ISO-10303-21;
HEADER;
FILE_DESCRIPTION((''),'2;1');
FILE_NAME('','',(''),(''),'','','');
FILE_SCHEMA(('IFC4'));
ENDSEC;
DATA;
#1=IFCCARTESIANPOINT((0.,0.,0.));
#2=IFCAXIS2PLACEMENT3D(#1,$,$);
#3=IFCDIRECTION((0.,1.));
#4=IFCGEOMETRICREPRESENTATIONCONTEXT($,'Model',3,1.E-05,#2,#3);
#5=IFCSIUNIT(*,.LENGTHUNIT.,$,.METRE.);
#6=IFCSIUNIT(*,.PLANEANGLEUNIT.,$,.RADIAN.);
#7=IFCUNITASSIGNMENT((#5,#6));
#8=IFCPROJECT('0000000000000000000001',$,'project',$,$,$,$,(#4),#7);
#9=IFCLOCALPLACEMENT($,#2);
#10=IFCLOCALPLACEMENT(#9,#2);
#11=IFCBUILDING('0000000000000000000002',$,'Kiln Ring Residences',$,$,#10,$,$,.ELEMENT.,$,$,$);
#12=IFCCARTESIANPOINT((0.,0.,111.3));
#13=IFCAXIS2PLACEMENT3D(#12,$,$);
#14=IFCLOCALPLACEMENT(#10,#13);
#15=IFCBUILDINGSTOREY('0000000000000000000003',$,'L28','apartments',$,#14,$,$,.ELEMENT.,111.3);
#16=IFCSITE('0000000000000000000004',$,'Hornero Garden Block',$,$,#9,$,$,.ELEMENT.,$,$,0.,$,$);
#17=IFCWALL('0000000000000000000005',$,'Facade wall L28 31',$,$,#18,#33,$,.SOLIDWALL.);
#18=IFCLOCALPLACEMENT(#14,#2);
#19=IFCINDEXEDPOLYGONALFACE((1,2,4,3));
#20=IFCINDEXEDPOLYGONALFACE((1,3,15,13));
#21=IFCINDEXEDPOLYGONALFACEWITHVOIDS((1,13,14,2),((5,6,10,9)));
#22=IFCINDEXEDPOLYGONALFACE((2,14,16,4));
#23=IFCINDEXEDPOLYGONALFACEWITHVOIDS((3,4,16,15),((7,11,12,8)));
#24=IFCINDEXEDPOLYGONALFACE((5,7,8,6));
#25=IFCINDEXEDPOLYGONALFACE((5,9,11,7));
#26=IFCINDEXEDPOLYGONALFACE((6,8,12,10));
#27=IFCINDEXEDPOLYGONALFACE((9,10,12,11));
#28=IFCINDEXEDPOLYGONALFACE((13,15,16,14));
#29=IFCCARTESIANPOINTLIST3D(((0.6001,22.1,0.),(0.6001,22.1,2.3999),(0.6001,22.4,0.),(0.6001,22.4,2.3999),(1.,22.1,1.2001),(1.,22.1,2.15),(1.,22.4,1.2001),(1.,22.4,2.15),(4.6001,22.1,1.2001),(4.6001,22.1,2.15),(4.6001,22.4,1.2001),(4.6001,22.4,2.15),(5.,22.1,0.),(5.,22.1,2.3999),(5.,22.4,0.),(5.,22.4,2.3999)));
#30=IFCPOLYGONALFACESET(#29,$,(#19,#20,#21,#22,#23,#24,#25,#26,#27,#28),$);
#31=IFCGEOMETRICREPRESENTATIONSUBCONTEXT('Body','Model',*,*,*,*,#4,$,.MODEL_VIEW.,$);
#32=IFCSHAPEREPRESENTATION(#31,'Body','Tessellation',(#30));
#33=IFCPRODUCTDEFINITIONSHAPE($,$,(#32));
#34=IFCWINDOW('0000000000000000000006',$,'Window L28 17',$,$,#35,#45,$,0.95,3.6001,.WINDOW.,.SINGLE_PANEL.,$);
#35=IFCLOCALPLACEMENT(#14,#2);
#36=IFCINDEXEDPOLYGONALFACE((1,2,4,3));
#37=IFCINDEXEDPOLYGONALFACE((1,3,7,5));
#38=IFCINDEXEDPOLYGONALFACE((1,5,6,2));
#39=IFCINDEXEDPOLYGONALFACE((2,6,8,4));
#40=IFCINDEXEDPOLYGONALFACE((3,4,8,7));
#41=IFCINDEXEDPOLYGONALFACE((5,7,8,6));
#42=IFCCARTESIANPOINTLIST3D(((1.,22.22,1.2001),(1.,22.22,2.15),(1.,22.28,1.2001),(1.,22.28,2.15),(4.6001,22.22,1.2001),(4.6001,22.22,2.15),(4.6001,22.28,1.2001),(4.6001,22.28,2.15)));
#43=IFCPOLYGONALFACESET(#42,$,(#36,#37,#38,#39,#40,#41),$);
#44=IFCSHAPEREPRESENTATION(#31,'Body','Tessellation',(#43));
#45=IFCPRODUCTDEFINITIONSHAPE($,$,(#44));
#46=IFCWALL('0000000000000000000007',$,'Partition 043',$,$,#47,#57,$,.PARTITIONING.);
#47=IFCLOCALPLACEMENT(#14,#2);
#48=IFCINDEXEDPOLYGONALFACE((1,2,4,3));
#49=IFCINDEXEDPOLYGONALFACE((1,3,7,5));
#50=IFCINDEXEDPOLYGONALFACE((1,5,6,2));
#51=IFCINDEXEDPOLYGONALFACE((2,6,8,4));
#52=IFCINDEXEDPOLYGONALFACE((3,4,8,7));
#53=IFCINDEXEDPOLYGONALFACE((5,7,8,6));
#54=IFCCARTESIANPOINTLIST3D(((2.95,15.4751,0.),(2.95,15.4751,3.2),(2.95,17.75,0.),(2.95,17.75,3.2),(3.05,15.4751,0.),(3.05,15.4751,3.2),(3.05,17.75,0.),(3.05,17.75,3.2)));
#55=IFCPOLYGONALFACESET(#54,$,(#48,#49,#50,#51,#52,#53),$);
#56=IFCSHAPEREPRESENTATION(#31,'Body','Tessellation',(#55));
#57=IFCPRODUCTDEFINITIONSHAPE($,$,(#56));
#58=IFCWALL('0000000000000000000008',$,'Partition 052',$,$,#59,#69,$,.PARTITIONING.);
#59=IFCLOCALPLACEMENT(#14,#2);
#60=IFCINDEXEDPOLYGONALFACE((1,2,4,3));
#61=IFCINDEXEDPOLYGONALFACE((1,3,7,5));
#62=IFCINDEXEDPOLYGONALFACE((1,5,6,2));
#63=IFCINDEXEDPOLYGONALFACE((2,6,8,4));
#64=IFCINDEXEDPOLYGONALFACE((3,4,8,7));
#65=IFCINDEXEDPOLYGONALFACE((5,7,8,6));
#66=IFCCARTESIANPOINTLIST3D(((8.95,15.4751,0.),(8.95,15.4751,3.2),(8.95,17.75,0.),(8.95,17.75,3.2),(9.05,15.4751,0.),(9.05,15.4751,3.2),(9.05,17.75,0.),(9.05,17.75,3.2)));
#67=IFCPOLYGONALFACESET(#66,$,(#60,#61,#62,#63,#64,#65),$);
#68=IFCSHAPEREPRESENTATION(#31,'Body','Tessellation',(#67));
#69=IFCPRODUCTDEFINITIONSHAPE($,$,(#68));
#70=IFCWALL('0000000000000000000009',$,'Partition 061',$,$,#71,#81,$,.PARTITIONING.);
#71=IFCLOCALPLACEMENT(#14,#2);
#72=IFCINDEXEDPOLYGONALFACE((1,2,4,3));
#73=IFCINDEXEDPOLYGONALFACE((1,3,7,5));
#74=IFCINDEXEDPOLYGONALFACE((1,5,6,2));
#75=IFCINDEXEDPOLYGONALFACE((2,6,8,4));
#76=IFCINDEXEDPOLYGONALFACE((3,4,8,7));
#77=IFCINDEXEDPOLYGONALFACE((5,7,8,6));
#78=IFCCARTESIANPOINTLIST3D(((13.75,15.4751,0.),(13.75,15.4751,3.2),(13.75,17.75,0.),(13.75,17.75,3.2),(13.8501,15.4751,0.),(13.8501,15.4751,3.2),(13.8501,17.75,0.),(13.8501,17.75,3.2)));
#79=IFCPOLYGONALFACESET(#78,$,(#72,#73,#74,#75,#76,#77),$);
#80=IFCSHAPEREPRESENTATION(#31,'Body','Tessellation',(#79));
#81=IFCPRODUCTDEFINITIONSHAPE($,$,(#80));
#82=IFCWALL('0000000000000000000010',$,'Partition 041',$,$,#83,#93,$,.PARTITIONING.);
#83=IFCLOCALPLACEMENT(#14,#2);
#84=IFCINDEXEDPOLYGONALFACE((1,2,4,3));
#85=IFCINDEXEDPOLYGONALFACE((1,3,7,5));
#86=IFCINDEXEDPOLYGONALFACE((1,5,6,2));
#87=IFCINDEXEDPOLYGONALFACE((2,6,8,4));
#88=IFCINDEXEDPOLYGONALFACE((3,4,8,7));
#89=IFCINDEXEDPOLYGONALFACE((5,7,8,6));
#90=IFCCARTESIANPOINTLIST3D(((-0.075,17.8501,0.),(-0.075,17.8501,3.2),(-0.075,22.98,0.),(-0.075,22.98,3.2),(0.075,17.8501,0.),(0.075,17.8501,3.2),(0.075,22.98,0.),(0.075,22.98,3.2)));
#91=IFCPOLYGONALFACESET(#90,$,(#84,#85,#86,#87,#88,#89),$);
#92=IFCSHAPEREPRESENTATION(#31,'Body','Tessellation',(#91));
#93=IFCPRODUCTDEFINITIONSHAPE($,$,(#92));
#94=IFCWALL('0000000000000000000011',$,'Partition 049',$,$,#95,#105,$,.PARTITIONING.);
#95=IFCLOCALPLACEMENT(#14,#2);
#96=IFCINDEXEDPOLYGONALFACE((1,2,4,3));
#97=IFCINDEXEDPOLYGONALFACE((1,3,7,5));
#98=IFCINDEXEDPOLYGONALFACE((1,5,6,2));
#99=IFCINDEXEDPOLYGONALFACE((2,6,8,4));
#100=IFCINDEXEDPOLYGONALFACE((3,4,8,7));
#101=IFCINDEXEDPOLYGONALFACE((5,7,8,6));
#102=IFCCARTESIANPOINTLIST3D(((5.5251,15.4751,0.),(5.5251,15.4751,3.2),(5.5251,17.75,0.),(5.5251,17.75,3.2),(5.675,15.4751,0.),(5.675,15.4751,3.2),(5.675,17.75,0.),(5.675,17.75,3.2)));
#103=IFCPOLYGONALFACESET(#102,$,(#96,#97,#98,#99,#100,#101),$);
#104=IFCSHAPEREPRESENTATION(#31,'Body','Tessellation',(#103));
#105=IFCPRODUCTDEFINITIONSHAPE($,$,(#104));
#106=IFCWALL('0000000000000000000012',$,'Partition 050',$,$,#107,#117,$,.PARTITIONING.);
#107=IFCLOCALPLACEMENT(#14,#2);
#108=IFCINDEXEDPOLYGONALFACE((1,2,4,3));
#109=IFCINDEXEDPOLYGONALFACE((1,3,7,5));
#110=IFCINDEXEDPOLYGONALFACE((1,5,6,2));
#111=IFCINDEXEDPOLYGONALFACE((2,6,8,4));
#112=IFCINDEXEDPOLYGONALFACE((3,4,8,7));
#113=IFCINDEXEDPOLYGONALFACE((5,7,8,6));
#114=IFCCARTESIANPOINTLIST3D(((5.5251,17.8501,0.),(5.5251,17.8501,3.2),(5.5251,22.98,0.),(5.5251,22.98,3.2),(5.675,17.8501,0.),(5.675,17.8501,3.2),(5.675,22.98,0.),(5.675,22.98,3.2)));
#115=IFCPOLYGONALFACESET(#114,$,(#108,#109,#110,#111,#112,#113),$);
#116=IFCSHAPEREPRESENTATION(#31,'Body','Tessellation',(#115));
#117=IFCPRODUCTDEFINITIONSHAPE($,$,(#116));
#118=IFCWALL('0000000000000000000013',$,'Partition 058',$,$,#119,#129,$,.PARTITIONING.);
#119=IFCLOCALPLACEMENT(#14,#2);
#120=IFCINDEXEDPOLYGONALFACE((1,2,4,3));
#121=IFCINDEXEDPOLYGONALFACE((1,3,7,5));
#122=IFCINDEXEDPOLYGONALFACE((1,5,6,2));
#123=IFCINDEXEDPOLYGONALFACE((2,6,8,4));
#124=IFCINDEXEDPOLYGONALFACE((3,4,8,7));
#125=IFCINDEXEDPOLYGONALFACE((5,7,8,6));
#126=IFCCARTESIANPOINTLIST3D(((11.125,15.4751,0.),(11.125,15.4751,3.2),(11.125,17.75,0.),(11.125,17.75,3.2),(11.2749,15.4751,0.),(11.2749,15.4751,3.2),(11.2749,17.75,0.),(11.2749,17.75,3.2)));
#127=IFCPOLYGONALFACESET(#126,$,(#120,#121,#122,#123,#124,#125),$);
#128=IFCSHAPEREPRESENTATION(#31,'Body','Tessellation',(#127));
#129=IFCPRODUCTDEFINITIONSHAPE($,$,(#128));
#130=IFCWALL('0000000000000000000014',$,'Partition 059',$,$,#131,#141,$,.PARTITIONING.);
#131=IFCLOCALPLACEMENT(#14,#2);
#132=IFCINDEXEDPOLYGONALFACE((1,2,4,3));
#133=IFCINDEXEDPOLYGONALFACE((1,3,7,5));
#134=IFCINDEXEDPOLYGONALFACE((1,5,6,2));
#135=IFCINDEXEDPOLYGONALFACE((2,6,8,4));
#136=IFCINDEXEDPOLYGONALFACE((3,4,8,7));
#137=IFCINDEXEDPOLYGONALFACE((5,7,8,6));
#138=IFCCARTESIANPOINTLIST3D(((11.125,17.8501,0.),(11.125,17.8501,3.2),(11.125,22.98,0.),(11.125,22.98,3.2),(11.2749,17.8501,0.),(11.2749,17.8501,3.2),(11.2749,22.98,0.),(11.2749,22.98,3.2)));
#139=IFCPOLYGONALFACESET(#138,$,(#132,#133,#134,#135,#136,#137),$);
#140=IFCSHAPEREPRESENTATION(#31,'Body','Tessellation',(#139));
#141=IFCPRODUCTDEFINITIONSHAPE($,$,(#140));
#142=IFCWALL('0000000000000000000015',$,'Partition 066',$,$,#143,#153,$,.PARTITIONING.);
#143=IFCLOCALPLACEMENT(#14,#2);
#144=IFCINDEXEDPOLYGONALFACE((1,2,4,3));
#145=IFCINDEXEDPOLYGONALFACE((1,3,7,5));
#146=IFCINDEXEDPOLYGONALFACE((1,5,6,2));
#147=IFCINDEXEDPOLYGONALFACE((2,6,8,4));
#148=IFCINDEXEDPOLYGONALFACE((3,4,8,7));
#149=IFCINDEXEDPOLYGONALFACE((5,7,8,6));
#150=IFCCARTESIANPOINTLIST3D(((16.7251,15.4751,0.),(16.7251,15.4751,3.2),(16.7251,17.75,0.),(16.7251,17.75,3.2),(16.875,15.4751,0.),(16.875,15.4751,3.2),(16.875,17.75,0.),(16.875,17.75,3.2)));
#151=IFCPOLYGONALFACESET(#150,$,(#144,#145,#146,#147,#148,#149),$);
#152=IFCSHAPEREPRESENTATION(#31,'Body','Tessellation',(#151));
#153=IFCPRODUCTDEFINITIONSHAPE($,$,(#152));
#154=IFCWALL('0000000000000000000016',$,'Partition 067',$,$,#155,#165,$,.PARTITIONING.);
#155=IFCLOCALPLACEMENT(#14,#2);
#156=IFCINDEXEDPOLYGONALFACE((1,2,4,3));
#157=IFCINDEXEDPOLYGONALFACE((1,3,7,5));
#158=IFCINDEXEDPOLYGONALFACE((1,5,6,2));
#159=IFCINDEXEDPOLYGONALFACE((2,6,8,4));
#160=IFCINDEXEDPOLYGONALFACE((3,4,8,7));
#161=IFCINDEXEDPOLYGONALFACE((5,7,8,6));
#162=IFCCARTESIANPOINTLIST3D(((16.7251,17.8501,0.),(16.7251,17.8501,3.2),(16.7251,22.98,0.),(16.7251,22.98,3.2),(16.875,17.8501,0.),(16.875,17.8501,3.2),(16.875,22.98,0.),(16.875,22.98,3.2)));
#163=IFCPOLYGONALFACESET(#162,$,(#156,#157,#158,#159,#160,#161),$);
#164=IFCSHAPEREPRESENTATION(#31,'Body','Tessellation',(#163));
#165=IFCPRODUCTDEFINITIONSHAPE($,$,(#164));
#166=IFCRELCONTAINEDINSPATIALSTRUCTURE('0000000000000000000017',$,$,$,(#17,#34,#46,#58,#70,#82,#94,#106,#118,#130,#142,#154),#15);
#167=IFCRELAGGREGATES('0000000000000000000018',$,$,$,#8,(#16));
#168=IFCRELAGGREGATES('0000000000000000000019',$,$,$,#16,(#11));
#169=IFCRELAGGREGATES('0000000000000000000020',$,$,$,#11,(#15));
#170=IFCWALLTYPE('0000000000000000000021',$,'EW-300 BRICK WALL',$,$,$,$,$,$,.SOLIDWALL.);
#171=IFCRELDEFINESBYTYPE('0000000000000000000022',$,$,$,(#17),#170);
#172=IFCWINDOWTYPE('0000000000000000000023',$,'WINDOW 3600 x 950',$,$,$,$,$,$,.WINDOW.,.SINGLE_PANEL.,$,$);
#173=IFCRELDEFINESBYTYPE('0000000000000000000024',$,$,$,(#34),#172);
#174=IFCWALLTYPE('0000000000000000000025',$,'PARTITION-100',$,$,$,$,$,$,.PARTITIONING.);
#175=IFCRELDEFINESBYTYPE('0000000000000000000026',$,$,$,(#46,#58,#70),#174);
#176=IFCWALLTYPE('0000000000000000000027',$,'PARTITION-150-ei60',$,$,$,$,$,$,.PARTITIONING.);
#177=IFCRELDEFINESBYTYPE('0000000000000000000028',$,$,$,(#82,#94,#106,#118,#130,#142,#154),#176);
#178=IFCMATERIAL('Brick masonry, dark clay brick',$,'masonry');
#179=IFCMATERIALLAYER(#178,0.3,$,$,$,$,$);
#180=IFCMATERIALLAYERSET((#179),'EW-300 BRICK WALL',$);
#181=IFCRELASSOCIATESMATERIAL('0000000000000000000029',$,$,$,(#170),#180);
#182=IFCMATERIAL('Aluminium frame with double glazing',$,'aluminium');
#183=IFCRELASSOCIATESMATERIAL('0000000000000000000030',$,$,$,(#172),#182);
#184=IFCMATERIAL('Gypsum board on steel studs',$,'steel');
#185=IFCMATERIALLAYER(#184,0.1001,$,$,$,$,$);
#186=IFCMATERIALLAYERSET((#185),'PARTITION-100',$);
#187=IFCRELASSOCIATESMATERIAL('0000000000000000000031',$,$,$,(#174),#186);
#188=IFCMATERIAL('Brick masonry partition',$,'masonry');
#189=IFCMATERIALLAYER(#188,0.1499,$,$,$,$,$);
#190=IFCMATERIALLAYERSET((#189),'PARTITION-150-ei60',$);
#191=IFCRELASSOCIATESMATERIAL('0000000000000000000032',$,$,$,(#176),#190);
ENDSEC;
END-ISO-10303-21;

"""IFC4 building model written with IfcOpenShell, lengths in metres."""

from ifc_helpers import new_model, si_unit, direction, frame, frame_2d, origin, place, context, subcontext, project, spatial, rectangle, extrude, material, layer, layer_set, type_object, element, fill, save


model = new_model("IFC4")

# Units and contexts
model_context = context("Model", 3, precision=1e-05, world=origin(), true_north=direction((0.0, 1.0)))
body_context = subcontext(model_context, "Body", "Model", "MODEL_VIEW")
ifc_project = project(units=[si_unit("LENGTHUNIT", "METRE"), si_unit("PLANEANGLEUNIT", "RADIAN")], contexts=[model_context])

# Site, building, storey
site_placement = place(None, origin())
site = spatial("IfcSite", under=ifc_project, at=site_placement, Name="Hornero Garden Block", CompositionType="ELEMENT", RefElevation=0.0)
building_placement = place(site_placement, origin())
building = spatial("IfcBuilding", under=site, at=building_placement, Name="Kiln Ring Residences", CompositionType="ELEMENT")
storey_placement = place(building_placement, frame((0.0, 0.0, 111.3)))
storey = spatial("IfcBuildingStorey", under=building, at=storey_placement, Name="L28", Description="apartments", CompositionType="ELEMENT", Elevation=111.3)

# Wall, opening, window
ifc_material_1 = material(Name="Brick masonry, dark clay brick", Category="masonry")
ifc_layer_1 = layer(ifc_material_1, 0.3)
ifc_layer_set_1 = layer_set([ifc_layer_1], Name="EW-300 BRICK WALL")
wall_type_1 = type_object("IfcWallType", Name="EW-300 BRICK WALL", PredefinedType="SOLIDWALL", material=ifc_layer_set_1)
ifc_material_2 = material(Name="Aluminium frame with double glazing", Category="aluminium")
window_type = type_object("IfcWindowType", Name="WINDOW 3600 x 950", PartitioningType="SINGLE_PANEL", PredefinedType="WINDOW", material=ifc_material_2)
wall_1_placement = place(storey_placement, frame((5.0, 22.25, 0.0), z_axis=(0.0, 0.0, 1.0), x_axis=(-1.0, 0.0, 0.0)))
wall_1 = element("IfcWall", 1, at=wall_1_placement, inside=storey, type_object=wall_type_1, Name="Facade wall L28 31", PredefinedType="SOLIDWALL", context=body_context, shape_type="SweptSolid", body=[
    extrude(rectangle(XDim=4.3999, YDim=0.3, at=frame_2d((2.2, 0.0))), origin(), (0.0, 0.0, 1.0), 2.3999),
])
opening_1_placement = place(wall_1_placement, frame((0.3999, 0.0, 1.2)))
opening_1 = element("IfcOpeningElement", 2, at=opening_1_placement, cuts=wall_1, PredefinedType="OPENING", context=body_context, shape_type="SweptSolid", body=[
    extrude(rectangle(XDim=3.6001, YDim=0.95, at=frame_2d((1.8, 0.4751))), frame((0.0, 0.1599, 0.0), z_axis=(0.0, -1.0, 0.0), x_axis=(1.0, 0.0, 0.0)), (0.0, 0.0, 1.0), 0.3201),
])
window_1_placement = place(opening_1_placement, origin())
window_1 = element("IfcWindow", 3, at=window_1_placement, inside=storey, type_object=window_type, Name="Window L28 17", OverallHeight=0.95, OverallWidth=3.6001, PartitioningType="SINGLE_PANEL", PredefinedType="WINDOW", context=body_context, shape_type="SweptSolid", body=[
    extrude(rectangle(XDim=3.6001, YDim=0.95, at=frame_2d((1.8, 0.4751))), frame((0.0, 0.03, 0.0), z_axis=(0.0, -1.0, 0.0), x_axis=(1.0, 0.0, 0.0)), (0.0, 0.0, 1.0), 0.0601),
])
fill(opening_1, window_1)

# Walls
ifc_material_3 = material(Name="Gypsum board on steel studs", Category="steel")
ifc_layer_2 = layer(ifc_material_3, 0.1001)
ifc_layer_set_2 = layer_set([ifc_layer_2], Name="PARTITION-100")
wall_type_2 = type_object("IfcWallType", Name="PARTITION-100", PredefinedType="PARTITIONING", material=ifc_layer_set_2)
for number, where, z_axis, x_axis, name in (
    (4, (3.0, 15.4751, 0.0), (0.0, 0.0, 1.0), (0.0, 1.0, 0.0), "Partition 043"),
    (5, (9.0, 15.4751, 0.0), (0.0, 0.0, 1.0), (0.0, 1.0, 0.0), "Partition 052"),
    (6, (13.8, 15.4751, 0.0), (0.0, 0.0, 1.0), (0.0, 1.0, 0.0), "Partition 061"),
):
    element("IfcWall", number, at=place(storey_placement, frame(where, z_axis=z_axis, x_axis=x_axis)), inside=storey, type_object=wall_type_2, Name=name, PredefinedType="PARTITIONING", context=body_context, shape_type="SweptSolid", body=[
        extrude(rectangle(XDim=2.2749, YDim=0.1001, at=frame_2d((1.1375, 0.0))), origin(), (0.0, 0.0, 1.0), 3.2),
    ])
ifc_material_4 = material(Name="Brick masonry partition", Category="masonry")
ifc_layer_3 = layer(ifc_material_4, 0.1499)
ifc_layer_set_3 = layer_set([ifc_layer_3], Name="PARTITION-150-ei60")
wall_type_3 = type_object("IfcWallType", Name="PARTITION-150-ei60", PredefinedType="PARTITIONING", material=ifc_layer_set_3)
wall_2_placement = place(storey_placement, frame((0.0, 17.8501, 0.0), z_axis=(0.0, 0.0, 1.0), x_axis=(0.0, 1.0, 0.0)))
element("IfcWall", 7, at=wall_2_placement, inside=storey, type_object=wall_type_3, Name="Partition 041", PredefinedType="PARTITIONING", context=body_context, shape_type="SweptSolid", body=[
    extrude(rectangle(XDim=5.1299, YDim=0.1499, at=frame_2d((2.5649, 0.0))), origin(), (0.0, 0.0, 1.0), 3.2),
])
wall_3_placement = place(storey_placement, frame((5.6001, 15.4751, 0.0), z_axis=(0.0, 0.0, 1.0), x_axis=(0.0, 1.0, 0.0)))
element("IfcWall", 8, at=wall_3_placement, inside=storey, type_object=wall_type_3, Name="Partition 049", PredefinedType="PARTITIONING", context=body_context, shape_type="SweptSolid", body=[
    extrude(rectangle(XDim=2.2749, YDim=0.1499, at=frame_2d((1.1375, 0.0))), origin(), (0.0, 0.0, 1.0), 3.2),
])
wall_4_placement = place(storey_placement, frame((5.6001, 17.8501, 0.0), z_axis=(0.0, 0.0, 1.0), x_axis=(0.0, 1.0, 0.0)))
element("IfcWall", 9, at=wall_4_placement, inside=storey, type_object=wall_type_3, Name="Partition 050", PredefinedType="PARTITIONING", context=body_context, shape_type="SweptSolid", body=[
    extrude(rectangle(XDim=5.1299, YDim=0.1499, at=frame_2d((2.5649, 0.0))), origin(), (0.0, 0.0, 1.0), 3.2),
])
wall_5_placement = place(storey_placement, frame((11.2, 15.4751, 0.0), z_axis=(0.0, 0.0, 1.0), x_axis=(0.0, 1.0, 0.0)))
element("IfcWall", 10, at=wall_5_placement, inside=storey, type_object=wall_type_3, Name="Partition 058", PredefinedType="PARTITIONING", context=body_context, shape_type="SweptSolid", body=[
    extrude(rectangle(XDim=2.2749, YDim=0.1499, at=frame_2d((1.1375, 0.0))), origin(), (0.0, 0.0, 1.0), 3.2),
])
wall_6_placement = place(storey_placement, frame((11.2, 17.8501, 0.0), z_axis=(0.0, 0.0, 1.0), x_axis=(0.0, 1.0, 0.0)))
element("IfcWall", 11, at=wall_6_placement, inside=storey, type_object=wall_type_3, Name="Partition 059", PredefinedType="PARTITIONING", context=body_context, shape_type="SweptSolid", body=[
    extrude(rectangle(XDim=5.1299, YDim=0.1499, at=frame_2d((2.5649, 0.0))), origin(), (0.0, 0.0, 1.0), 3.2),
])
wall_7_placement = place(storey_placement, frame((16.8, 15.4751, 0.0), z_axis=(0.0, 0.0, 1.0), x_axis=(0.0, 1.0, 0.0)))
element("IfcWall", 12, at=wall_7_placement, inside=storey, type_object=wall_type_3, Name="Partition 066", PredefinedType="PARTITIONING", context=body_context, shape_type="SweptSolid", body=[
    extrude(rectangle(XDim=2.2749, YDim=0.1499, at=frame_2d((1.1375, 0.0))), origin(), (0.0, 0.0, 1.0), 3.2),
])
wall_8_placement = place(storey_placement, frame((16.8, 17.8501, 0.0), z_axis=(0.0, 0.0, 1.0), x_axis=(0.0, 1.0, 0.0)))
element("IfcWall", 13, at=wall_8_placement, inside=storey, type_object=wall_type_3, Name="Partition 067", PredefinedType="PARTITIONING", context=body_context, shape_type="SweptSolid", body=[
    extrude(rectangle(XDim=5.1299, YDim=0.1499, at=frame_2d((2.5649, 0.0))), origin(), (0.0, 0.0, 1.0), 3.2),
])

save(model, "model.ifc")
